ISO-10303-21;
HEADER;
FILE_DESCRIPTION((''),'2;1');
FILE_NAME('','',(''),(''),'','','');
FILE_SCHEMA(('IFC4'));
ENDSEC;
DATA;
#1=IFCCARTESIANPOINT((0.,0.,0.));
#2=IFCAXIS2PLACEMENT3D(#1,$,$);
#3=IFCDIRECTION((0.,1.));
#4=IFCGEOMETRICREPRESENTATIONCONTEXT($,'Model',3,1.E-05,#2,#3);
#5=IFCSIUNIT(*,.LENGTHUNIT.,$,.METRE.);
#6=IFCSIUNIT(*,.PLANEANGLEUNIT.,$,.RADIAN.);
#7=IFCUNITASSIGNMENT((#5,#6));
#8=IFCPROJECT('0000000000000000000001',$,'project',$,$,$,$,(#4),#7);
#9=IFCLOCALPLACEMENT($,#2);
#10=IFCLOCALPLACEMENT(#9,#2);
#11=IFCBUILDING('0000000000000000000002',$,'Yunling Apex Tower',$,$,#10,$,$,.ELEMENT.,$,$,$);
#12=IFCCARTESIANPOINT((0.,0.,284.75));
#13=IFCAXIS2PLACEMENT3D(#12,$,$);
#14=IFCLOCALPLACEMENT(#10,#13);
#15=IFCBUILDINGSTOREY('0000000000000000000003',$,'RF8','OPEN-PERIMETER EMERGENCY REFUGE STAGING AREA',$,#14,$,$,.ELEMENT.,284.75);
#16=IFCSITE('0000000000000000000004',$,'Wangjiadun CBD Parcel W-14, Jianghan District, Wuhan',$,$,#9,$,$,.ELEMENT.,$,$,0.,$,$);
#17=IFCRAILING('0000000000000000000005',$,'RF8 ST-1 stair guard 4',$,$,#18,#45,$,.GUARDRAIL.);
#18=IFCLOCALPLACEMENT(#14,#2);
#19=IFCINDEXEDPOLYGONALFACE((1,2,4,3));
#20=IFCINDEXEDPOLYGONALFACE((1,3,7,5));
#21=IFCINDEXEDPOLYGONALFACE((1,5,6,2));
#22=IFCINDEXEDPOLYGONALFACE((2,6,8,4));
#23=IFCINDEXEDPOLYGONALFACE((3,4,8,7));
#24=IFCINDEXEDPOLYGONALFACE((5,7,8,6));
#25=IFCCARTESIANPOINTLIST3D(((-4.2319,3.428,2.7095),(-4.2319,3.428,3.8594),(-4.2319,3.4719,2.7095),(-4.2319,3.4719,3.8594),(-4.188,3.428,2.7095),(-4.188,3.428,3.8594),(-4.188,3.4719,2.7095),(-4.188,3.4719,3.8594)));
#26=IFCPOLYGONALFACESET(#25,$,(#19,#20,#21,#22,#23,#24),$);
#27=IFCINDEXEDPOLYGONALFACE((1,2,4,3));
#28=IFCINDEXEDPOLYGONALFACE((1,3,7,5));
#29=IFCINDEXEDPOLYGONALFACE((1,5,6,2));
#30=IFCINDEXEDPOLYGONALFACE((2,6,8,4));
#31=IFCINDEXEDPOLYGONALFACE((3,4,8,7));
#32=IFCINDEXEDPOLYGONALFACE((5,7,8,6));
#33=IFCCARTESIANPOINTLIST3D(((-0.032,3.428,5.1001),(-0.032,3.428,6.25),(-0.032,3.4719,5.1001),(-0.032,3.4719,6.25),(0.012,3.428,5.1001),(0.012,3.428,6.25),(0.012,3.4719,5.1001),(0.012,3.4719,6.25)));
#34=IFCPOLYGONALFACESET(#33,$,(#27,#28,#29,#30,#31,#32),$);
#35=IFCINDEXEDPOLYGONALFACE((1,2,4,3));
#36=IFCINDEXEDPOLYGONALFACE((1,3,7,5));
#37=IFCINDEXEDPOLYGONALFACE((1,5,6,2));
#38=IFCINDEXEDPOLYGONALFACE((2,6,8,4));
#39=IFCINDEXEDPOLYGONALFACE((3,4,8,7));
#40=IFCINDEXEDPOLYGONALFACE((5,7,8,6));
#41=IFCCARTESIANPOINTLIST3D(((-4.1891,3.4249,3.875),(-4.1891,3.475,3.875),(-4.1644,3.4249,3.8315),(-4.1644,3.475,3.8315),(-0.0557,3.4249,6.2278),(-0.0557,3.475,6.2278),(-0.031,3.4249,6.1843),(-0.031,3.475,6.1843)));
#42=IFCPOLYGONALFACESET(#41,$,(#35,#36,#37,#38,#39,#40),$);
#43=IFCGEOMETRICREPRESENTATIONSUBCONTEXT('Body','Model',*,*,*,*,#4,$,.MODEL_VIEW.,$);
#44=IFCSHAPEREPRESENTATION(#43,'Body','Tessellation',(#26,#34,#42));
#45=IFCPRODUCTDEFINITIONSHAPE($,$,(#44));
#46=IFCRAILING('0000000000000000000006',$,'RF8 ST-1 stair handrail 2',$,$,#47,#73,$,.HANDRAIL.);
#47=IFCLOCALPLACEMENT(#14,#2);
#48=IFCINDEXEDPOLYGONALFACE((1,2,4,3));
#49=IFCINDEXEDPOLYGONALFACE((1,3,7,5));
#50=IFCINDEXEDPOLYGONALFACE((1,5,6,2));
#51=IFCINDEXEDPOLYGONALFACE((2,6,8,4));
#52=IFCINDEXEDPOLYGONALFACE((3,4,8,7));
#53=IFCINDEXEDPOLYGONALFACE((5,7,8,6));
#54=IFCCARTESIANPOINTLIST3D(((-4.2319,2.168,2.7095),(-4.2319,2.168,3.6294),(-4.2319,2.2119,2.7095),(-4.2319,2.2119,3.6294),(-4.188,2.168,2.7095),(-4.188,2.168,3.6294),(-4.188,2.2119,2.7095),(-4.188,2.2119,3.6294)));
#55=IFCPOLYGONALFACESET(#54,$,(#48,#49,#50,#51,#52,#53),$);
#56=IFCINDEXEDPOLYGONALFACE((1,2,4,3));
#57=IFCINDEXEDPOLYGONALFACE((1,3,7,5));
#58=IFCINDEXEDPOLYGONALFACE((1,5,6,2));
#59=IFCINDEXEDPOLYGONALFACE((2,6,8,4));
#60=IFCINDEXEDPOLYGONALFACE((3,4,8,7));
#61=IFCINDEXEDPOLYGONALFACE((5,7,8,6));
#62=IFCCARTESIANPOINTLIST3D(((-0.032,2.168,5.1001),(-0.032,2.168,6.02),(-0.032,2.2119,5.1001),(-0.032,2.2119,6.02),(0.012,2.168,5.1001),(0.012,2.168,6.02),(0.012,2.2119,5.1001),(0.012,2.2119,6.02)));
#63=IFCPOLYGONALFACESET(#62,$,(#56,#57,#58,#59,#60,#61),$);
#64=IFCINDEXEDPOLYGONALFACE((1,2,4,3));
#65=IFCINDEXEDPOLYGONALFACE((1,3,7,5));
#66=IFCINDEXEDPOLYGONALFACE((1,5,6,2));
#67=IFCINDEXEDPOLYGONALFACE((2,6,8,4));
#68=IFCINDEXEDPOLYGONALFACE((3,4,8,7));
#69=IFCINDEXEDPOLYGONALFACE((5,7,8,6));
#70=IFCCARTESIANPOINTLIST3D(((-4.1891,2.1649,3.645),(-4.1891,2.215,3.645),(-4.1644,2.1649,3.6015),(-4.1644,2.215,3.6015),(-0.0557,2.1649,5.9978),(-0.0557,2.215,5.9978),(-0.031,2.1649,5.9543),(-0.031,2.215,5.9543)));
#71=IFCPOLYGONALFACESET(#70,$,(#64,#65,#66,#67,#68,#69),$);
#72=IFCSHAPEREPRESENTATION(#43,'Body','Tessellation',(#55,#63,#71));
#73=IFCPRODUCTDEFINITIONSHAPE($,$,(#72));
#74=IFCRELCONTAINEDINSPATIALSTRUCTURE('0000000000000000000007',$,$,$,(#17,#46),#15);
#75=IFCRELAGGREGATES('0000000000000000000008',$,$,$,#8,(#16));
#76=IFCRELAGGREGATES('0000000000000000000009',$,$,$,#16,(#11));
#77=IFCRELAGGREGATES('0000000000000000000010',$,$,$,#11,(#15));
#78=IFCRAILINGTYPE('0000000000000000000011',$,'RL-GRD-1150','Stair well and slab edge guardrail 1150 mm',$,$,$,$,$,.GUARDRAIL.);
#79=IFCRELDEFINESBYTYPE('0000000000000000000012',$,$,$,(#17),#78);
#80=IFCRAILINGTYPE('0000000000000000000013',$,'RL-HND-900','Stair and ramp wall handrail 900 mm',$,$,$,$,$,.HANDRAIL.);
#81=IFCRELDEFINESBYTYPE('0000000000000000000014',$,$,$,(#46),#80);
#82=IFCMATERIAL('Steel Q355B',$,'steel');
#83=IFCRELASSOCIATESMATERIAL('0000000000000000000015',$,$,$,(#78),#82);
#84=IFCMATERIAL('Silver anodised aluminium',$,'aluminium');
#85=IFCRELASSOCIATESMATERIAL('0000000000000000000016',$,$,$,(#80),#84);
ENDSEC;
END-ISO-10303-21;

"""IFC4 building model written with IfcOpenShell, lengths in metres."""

from ifc_helpers import new_model, si_unit, direction, frame, origin, origin_2d, place, context, subcontext, project, spatial, rectangle, extrude, material, type_object, element, save


model = new_model("IFC4")

# Units and contexts
model_context = context("Model", 3, precision=1e-05, world=origin(), true_north=direction((0.0, 1.0)))
body_context = subcontext(model_context, "Body", "Model", "MODEL_VIEW")
ifc_project = project(units=[si_unit("LENGTHUNIT", "METRE"), si_unit("PLANEANGLEUNIT", "RADIAN")], contexts=[model_context])

# Site, building, storey
site_placement = place(None, origin())
site = spatial("IfcSite", under=ifc_project, at=site_placement, Name="Wangjiadun CBD Parcel W-14, Jianghan District, Wuhan", CompositionType="ELEMENT", RefElevation=0.0)
building_placement = place(site_placement, origin())
building = spatial("IfcBuilding", under=site, at=building_placement, Name="Yunling Apex Tower", CompositionType="ELEMENT")
storey_placement = place(building_placement, frame((0.0, 0.0, 284.75)))
storey = spatial("IfcBuildingStorey", under=building, at=storey_placement, Name="RF8", Description="OPEN-PERIMETER EMERGENCY REFUGE STAGING AREA", CompositionType="ELEMENT", Elevation=284.75)

# Shared definitions
ifc_material_1 = material(Name="Steel Q355B", Category="steel")

# Railings
railing_type_1 = type_object("IfcRailingType", Name="RL-GRD-1150", Description="Stair well and slab edge guardrail 1150 mm", PredefinedType="GUARDRAIL", material=ifc_material_1)
railing_1_placement = place(storey_placement, frame((-4.21, 3.45, 2.7095)))
element("IfcRailing", 1, at=railing_1_placement, inside=storey, type_object=railing_type_1, Name="RF8 ST-1 stair guard 4", PredefinedType="GUARDRAIL", context=body_context, shape_type="SweptSolid", body=[
    extrude(rectangle(XDim=0.0439, YDim=0.0439, at=origin_2d()), origin(), (0.0, 0.0, 1.0), 1.1499),
    extrude(rectangle(XDim=0.0439, YDim=0.0439, at=origin_2d()), frame((4.2, 0.0, 2.3906)), (0.0, 0.0, 1.0), 1.1499),
    extrude(rectangle(XDim=0.05, YDim=0.05, at=origin_2d()), frame((0.0332, 0.0, 1.1438), z_axis=(0.869075, 0.0, 0.49468), x_axis=(0.0, 1.0, 0.0)), (0.0, 0.0, 1.0), 4.7561),
])
ifc_material_2 = material(Name="Silver anodised aluminium", Category="aluminium")
railing_type_2 = type_object("IfcRailingType", Name="RL-HND-900", Description="Stair and ramp wall handrail 900 mm", PredefinedType="HANDRAIL", material=ifc_material_2)
railing_2_placement = place(storey_placement, frame((-4.21, 2.1899, 2.7095)))
element("IfcRailing", 2, at=railing_2_placement, inside=storey, type_object=railing_type_2, Name="RF8 ST-1 stair handrail 2", PredefinedType="HANDRAIL", context=body_context, shape_type="SweptSolid", body=[
    extrude(rectangle(XDim=0.0439, YDim=0.0439, at=origin_2d()), origin(), (0.0, 0.0, 1.0), 0.9199),
    extrude(rectangle(XDim=0.0439, YDim=0.0439, at=origin_2d()), frame((4.2, 0.0, 2.3906)), (0.0, 0.0, 1.0), 0.9199),
    extrude(rectangle(XDim=0.05, YDim=0.05, at=origin_2d()), frame((0.0332, 0.0, 0.9138), z_axis=(0.869075, 0.0, 0.49468), x_axis=(0.0, 1.0, 0.0)), (0.0, 0.0, 1.0), 4.7561),
])

save(model, "model.ifc")
